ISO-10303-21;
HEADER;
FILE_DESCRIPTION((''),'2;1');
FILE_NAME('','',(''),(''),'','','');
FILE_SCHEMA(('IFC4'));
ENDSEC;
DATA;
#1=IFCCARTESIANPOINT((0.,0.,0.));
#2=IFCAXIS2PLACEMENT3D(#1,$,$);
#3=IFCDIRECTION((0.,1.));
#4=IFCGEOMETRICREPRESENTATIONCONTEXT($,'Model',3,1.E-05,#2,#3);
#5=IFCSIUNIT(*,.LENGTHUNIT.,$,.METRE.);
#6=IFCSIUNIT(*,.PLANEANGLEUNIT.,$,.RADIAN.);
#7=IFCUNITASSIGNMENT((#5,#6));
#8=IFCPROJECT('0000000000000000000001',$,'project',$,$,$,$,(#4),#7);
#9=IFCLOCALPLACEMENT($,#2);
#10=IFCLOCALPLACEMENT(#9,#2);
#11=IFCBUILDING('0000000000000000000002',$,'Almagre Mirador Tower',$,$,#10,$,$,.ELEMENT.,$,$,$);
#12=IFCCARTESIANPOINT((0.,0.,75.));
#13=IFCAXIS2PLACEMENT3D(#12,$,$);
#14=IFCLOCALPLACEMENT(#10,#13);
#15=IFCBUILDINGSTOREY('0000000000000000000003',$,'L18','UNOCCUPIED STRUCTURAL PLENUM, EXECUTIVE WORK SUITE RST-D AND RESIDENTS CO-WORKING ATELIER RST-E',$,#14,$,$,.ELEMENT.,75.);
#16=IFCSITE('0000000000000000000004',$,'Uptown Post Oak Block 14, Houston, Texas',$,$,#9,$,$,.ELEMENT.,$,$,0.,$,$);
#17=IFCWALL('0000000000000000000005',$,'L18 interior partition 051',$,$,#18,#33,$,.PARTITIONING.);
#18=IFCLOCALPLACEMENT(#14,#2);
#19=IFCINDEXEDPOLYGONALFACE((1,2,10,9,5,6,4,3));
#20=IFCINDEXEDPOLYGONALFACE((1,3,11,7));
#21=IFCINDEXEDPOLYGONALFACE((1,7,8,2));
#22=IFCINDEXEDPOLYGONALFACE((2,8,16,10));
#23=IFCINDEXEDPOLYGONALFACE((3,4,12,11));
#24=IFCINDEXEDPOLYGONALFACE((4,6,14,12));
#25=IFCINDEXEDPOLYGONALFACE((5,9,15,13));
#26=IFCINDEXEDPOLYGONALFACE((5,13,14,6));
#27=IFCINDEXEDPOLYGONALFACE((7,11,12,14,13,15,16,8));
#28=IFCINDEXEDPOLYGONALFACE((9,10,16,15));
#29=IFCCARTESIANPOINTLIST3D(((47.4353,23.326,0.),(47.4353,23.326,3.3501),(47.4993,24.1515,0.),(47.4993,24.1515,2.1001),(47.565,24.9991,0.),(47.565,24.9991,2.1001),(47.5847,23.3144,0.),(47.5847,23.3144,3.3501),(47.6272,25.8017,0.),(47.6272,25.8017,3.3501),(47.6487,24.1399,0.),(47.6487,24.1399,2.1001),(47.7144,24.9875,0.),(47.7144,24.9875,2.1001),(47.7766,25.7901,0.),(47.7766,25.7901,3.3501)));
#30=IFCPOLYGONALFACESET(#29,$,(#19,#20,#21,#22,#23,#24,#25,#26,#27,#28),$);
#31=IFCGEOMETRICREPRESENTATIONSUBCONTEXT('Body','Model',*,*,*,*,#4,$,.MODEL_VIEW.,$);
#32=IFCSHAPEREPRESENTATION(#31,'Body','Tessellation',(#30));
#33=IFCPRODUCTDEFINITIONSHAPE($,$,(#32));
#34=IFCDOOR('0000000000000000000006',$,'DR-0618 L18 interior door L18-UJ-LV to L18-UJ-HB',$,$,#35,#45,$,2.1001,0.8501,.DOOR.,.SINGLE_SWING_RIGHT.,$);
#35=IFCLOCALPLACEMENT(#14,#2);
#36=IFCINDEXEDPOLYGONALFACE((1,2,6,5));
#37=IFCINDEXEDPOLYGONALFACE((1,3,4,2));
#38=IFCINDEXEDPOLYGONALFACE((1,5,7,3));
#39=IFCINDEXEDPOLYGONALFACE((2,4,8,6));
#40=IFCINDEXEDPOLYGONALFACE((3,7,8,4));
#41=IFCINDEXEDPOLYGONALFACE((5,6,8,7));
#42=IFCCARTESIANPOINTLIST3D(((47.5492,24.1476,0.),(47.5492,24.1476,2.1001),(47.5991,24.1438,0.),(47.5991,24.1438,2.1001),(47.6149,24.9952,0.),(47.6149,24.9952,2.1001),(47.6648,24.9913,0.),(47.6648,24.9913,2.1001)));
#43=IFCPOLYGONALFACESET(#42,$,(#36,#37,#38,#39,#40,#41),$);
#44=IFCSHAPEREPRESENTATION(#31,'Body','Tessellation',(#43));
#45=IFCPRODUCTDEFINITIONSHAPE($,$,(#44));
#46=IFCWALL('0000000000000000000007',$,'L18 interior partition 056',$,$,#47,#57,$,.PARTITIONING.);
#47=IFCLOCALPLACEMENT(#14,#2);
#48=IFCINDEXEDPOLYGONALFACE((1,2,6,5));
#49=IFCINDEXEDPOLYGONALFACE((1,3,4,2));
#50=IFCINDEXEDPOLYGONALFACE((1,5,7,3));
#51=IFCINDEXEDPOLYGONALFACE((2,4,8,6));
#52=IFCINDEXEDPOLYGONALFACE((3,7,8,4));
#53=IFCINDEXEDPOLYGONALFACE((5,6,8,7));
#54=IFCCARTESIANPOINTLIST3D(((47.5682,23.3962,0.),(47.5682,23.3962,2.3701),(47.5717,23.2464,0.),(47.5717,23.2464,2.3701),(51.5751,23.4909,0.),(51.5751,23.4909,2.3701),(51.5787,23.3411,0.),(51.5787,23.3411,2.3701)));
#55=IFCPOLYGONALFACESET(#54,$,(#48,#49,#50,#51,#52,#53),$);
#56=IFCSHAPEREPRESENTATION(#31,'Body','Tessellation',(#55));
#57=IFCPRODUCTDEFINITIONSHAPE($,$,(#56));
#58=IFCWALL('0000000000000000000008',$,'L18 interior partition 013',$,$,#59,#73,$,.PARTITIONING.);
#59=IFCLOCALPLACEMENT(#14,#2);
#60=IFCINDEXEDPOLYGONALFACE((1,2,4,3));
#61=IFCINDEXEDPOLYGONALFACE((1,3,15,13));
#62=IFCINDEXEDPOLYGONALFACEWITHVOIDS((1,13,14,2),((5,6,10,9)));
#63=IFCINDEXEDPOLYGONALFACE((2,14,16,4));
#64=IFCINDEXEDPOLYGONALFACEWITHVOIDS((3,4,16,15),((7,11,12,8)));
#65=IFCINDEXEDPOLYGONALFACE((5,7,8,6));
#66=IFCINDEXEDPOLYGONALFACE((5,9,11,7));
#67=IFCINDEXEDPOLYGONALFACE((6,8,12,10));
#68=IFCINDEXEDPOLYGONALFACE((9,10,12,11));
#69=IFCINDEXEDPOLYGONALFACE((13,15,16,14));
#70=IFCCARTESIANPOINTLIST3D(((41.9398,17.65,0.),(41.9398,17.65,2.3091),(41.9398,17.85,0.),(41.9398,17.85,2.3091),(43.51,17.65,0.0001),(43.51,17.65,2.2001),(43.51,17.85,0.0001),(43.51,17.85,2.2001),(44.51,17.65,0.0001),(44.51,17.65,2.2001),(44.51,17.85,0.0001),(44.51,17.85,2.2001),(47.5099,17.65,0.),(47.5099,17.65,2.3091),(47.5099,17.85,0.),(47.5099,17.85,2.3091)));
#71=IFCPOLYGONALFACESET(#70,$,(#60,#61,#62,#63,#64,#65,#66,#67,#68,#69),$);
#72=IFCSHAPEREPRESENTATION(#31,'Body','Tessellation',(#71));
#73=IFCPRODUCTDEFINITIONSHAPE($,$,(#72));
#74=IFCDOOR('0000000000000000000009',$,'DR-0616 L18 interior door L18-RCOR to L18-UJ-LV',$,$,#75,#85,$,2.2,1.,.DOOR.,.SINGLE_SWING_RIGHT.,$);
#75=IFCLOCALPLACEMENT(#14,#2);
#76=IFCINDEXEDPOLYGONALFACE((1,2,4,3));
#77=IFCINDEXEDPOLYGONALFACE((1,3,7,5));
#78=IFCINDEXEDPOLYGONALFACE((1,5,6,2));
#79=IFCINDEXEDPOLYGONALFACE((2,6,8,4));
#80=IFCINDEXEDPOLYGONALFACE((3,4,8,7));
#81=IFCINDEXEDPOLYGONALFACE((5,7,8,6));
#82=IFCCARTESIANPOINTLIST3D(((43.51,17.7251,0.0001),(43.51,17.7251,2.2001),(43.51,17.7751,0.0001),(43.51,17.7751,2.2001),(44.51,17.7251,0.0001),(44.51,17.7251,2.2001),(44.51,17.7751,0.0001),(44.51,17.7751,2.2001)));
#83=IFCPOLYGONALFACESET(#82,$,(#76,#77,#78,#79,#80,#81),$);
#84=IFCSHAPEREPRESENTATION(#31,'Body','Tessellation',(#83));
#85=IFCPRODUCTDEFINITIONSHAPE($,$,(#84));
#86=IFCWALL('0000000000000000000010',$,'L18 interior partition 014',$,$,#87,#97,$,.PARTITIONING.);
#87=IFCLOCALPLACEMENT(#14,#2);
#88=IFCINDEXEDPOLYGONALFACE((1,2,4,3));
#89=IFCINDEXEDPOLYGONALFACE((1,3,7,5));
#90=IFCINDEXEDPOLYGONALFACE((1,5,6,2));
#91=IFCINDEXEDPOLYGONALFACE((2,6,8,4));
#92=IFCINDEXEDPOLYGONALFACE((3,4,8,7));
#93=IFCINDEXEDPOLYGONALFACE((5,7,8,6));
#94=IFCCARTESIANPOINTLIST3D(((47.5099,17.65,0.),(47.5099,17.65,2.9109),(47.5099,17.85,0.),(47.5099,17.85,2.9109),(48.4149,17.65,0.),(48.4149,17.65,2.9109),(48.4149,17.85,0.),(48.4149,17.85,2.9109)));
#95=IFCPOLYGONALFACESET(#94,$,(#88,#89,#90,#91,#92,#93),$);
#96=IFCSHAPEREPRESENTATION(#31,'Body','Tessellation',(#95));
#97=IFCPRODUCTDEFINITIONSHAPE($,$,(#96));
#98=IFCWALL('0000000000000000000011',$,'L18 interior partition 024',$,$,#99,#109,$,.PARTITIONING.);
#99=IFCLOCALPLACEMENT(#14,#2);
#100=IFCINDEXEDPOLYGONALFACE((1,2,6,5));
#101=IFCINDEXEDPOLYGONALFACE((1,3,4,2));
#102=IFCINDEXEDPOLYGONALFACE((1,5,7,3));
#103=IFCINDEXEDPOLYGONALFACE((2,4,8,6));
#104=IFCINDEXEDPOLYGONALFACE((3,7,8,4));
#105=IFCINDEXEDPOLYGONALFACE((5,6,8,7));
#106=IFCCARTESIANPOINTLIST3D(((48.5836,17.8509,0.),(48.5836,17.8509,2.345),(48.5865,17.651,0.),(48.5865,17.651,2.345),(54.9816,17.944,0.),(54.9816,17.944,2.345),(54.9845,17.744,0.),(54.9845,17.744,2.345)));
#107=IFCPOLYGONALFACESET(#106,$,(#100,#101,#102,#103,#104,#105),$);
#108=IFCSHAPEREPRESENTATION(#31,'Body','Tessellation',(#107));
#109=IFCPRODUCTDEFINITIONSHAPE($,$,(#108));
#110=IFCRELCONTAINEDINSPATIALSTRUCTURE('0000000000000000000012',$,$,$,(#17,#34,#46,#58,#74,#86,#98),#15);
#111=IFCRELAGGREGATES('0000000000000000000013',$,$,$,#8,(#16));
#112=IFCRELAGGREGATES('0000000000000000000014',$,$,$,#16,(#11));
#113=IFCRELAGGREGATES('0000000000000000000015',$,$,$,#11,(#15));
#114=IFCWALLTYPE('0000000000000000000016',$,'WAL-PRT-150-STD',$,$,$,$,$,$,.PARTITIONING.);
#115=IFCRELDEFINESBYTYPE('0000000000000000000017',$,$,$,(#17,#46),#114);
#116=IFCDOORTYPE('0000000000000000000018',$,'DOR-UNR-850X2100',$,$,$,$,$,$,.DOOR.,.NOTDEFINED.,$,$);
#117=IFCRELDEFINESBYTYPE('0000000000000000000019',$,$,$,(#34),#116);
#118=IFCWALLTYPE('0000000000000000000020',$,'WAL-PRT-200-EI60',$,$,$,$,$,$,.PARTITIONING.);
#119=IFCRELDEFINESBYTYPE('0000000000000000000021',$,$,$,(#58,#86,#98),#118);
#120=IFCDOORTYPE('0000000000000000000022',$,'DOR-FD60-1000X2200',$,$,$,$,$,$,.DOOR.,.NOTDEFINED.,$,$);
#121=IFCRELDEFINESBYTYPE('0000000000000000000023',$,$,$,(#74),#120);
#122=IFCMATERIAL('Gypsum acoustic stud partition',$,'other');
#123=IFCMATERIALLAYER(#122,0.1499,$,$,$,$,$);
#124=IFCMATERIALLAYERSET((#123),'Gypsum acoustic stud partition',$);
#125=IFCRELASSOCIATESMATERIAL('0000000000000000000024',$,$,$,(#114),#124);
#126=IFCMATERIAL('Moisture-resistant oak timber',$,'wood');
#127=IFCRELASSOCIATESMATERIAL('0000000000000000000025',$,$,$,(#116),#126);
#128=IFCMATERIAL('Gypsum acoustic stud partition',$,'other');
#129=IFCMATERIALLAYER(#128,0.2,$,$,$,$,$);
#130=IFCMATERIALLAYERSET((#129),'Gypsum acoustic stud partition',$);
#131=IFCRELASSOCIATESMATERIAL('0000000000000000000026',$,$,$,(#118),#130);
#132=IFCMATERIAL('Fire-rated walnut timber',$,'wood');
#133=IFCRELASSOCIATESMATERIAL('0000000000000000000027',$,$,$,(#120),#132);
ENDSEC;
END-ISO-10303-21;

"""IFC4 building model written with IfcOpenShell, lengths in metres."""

from ifc_helpers import new_model, si_unit, direction, frame, frame_2d, origin, place, context, subcontext, project, spatial, rectangle, extrude, material, layer, layer_set, type_object, element, fill, save


model = new_model("IFC4")

# Units and contexts
model_context = context("Model", 3, precision=1e-05, world=origin(), true_north=direction((0.0, 1.0)))
body_context = subcontext(model_context, "Body", "Model", "MODEL_VIEW")
ifc_project = project(units=[si_unit("LENGTHUNIT", "METRE"), si_unit("PLANEANGLEUNIT", "RADIAN")], contexts=[model_context])

# Site, building, storey
site_placement = place(None, origin())
site = spatial("IfcSite", under=ifc_project, at=site_placement, Name="Uptown Post Oak Block 14, Houston, Texas", CompositionType="ELEMENT", RefElevation=0.0)
building_placement = place(site_placement, origin())
building = spatial("IfcBuilding", under=site, at=building_placement, Name="Almagre Mirador Tower", CompositionType="ELEMENT")
storey_placement = place(building_placement, frame((0.0, 0.0, 75.0)))
storey = spatial("IfcBuildingStorey", under=building, at=storey_placement, Name="L18", Description="UNOCCUPIED STRUCTURAL PLENUM, EXECUTIVE WORK SUITE RST-D AND RESIDENTS CO-WORKING ATELIER RST-E", CompositionType="ELEMENT", Elevation=75.0)

# Wall, opening, door
ifc_material_1 = material(Name="Gypsum acoustic stud partition", Category="other")
ifc_layer_1 = layer(ifc_material_1, 0.1499)
ifc_layer_set_1 = layer_set([ifc_layer_1], Name="Gypsum acoustic stud partition")
wall_type_1 = type_object("IfcWallType", Name="WAL-PRT-150-STD", PredefinedType="PARTITIONING", material=ifc_layer_set_1)
wall_1_placement = place(storey_placement, frame((47.51, 23.3201, 0.0), z_axis=(0.0, 0.0, 1.0), x_axis=(0.077275, 0.99701, 0.0)))
wall_1 = element("IfcWall", 1, at=wall_1_placement, inside=storey, type_object=wall_type_1, Name="L18 interior partition 051", PredefinedType="PARTITIONING", context=body_context, shape_type="SweptSolid", body=[
    extrude(rectangle(XDim=2.4832, YDim=0.1499, at=frame_2d((1.2417, 0.0))), origin(), (0.0, 0.0, 1.0), 3.3501),
])
opening_1_placement = place(wall_1_placement, frame((0.8281, 0.0, 0.0)))
opening_1 = element("IfcOpeningElement", 2, at=opening_1_placement, cuts=wall_1, PredefinedType="OPENING", context=body_context, shape_type="SweptSolid", body=[
    extrude(rectangle(XDim=0.8501, YDim=2.1001, at=frame_2d((0.425, 1.05))), frame((0.0, 0.085, 0.0), z_axis=(0.0, -1.0, 0.0), x_axis=(1.0, 0.0, 0.0)), (0.0, 0.0, 1.0), 0.1699),
])
ifc_material_2 = material(Name="Moisture-resistant oak timber", Category="wood")
door_type_1 = type_object("IfcDoorType", Name="DOR-UNR-850X2100", OperationType="NOTDEFINED", PredefinedType="DOOR", material=ifc_material_2)
door_1_placement = place(opening_1_placement, origin())
door_1 = element("IfcDoor", 3, at=door_1_placement, inside=storey, type_object=door_type_1, Name="DR-0618 L18 interior door L18-UJ-LV to L18-UJ-HB", OperationType="SINGLE_SWING_RIGHT", OverallHeight=2.1001, OverallWidth=0.8501, PredefinedType="DOOR", context=body_context, shape_type="SweptSolid", body=[
    extrude(rectangle(XDim=0.8501, YDim=2.1001, at=frame_2d((0.425, 1.05))), frame((0.0, 0.0249, 0.0), z_axis=(0.0, -1.0, 0.0), x_axis=(1.0, 0.0, 0.0)), (0.0, 0.0, 1.0), 0.05),
])
fill(opening_1, door_1)

# Wall
wall_2_placement = place(storey_placement, frame((47.5701, 23.3213, 0.0), z_axis=(0.0, 0.0, 1.0), x_axis=(0.999721, 0.023635, 0.0)))
element("IfcWall", 4, at=wall_2_placement, inside=storey, type_object=wall_type_1, Name="L18 interior partition 056", PredefinedType="PARTITIONING", context=body_context, shape_type="SweptSolid", body=[
    extrude(rectangle(XDim=4.0081, YDim=0.1499, at=frame_2d((2.0039, 0.0))), origin(), (0.0, 0.0, 1.0), 2.3701),
])

# Wall, opening, door
ifc_material_3 = material(Name="Gypsum acoustic stud partition", Category="other")
ifc_layer_2 = layer(ifc_material_3, 0.2)
ifc_layer_set_2 = layer_set([ifc_layer_2], Name="Gypsum acoustic stud partition")
wall_type_2 = type_object("IfcWallType", Name="WAL-PRT-200-EI60", PredefinedType="PARTITIONING", material=ifc_layer_set_2)
wall_3_placement = place(storey_placement, frame((47.51, 17.75, 0.0), z_axis=(0.0, 0.0, 1.0), x_axis=(-1.0, 0.0, 0.0)))
wall_3 = element("IfcWall", 5, at=wall_3_placement, inside=storey, type_object=wall_type_2, Name="L18 interior partition 013", PredefinedType="PARTITIONING", context=body_context, shape_type="SweptSolid", body=[
    extrude(rectangle(XDim=5.5701, YDim=0.2, at=frame_2d((2.7852, 0.0))), origin(), (0.0, 0.0, 1.0), 2.3091),
])
opening_2_placement = place(wall_3_placement, frame((3.0, 0.0, 0.0)))
opening_2 = element("IfcOpeningElement", 6, at=opening_2_placement, cuts=wall_3, PredefinedType="OPENING", context=body_context, shape_type="SweptSolid", body=[
    extrude(rectangle(XDim=1.0, YDim=2.2, at=frame_2d((0.5, 1.1001))), frame((0.0, 0.1101, 0.0), z_axis=(0.0, -1.0, 0.0), x_axis=(1.0, 0.0, 0.0)), (0.0, 0.0, 1.0), 0.22),
])
ifc_material_4 = material(Name="Fire-rated walnut timber", Category="wood")
door_type_2 = type_object("IfcDoorType", Name="DOR-FD60-1000X2200", OperationType="NOTDEFINED", PredefinedType="DOOR", material=ifc_material_4)
door_2_placement = place(opening_2_placement, origin())
door_2 = element("IfcDoor", 7, at=door_2_placement, inside=storey, type_object=door_type_2, Name="DR-0616 L18 interior door L18-RCOR to L18-UJ-LV", OperationType="SINGLE_SWING_RIGHT", OverallHeight=2.2, OverallWidth=1.0, PredefinedType="DOOR", context=body_context, shape_type="SweptSolid", body=[
    extrude(rectangle(XDim=1.0, YDim=2.2, at=frame_2d((0.5, 1.1001))), frame((0.0, 0.0249, 0.0), z_axis=(0.0, -1.0, 0.0), x_axis=(1.0, 0.0, 0.0)), (0.0, 0.0, 1.0), 0.05),
])
fill(opening_2, door_2)

# Walls
wall_4_placement = place(storey_placement, frame((48.415, 17.75, 0.0), z_axis=(0.0, 0.0, 1.0), x_axis=(-1.0, 0.0, 0.0)))
element("IfcWall", 8, at=wall_4_placement, inside=storey, type_object=wall_type_2, Name="L18 interior partition 014", PredefinedType="PARTITIONING", context=body_context, shape_type="SweptSolid", body=[
    extrude(rectangle(XDim=0.905, YDim=0.2, at=frame_2d((0.4526, 0.0))), origin(), (0.0, 0.0, 1.0), 2.9109),
])
wall_5_placement = place(storey_placement, frame((54.9829, 17.844, 0.0), z_axis=(0.0, 0.0, 1.0), x_axis=(-0.999894, -0.014537, 0.0)))
element("IfcWall", 9, at=wall_5_placement, inside=storey, type_object=wall_type_2, Name="L18 interior partition 024", PredefinedType="PARTITIONING", context=body_context, shape_type="SweptSolid", body=[
    extrude(rectangle(XDim=6.3987, YDim=0.2, at=frame_2d((3.1992, 0.0))), origin(), (0.0, 0.0, 1.0), 2.345),
])

save(model, "model.ifc")
